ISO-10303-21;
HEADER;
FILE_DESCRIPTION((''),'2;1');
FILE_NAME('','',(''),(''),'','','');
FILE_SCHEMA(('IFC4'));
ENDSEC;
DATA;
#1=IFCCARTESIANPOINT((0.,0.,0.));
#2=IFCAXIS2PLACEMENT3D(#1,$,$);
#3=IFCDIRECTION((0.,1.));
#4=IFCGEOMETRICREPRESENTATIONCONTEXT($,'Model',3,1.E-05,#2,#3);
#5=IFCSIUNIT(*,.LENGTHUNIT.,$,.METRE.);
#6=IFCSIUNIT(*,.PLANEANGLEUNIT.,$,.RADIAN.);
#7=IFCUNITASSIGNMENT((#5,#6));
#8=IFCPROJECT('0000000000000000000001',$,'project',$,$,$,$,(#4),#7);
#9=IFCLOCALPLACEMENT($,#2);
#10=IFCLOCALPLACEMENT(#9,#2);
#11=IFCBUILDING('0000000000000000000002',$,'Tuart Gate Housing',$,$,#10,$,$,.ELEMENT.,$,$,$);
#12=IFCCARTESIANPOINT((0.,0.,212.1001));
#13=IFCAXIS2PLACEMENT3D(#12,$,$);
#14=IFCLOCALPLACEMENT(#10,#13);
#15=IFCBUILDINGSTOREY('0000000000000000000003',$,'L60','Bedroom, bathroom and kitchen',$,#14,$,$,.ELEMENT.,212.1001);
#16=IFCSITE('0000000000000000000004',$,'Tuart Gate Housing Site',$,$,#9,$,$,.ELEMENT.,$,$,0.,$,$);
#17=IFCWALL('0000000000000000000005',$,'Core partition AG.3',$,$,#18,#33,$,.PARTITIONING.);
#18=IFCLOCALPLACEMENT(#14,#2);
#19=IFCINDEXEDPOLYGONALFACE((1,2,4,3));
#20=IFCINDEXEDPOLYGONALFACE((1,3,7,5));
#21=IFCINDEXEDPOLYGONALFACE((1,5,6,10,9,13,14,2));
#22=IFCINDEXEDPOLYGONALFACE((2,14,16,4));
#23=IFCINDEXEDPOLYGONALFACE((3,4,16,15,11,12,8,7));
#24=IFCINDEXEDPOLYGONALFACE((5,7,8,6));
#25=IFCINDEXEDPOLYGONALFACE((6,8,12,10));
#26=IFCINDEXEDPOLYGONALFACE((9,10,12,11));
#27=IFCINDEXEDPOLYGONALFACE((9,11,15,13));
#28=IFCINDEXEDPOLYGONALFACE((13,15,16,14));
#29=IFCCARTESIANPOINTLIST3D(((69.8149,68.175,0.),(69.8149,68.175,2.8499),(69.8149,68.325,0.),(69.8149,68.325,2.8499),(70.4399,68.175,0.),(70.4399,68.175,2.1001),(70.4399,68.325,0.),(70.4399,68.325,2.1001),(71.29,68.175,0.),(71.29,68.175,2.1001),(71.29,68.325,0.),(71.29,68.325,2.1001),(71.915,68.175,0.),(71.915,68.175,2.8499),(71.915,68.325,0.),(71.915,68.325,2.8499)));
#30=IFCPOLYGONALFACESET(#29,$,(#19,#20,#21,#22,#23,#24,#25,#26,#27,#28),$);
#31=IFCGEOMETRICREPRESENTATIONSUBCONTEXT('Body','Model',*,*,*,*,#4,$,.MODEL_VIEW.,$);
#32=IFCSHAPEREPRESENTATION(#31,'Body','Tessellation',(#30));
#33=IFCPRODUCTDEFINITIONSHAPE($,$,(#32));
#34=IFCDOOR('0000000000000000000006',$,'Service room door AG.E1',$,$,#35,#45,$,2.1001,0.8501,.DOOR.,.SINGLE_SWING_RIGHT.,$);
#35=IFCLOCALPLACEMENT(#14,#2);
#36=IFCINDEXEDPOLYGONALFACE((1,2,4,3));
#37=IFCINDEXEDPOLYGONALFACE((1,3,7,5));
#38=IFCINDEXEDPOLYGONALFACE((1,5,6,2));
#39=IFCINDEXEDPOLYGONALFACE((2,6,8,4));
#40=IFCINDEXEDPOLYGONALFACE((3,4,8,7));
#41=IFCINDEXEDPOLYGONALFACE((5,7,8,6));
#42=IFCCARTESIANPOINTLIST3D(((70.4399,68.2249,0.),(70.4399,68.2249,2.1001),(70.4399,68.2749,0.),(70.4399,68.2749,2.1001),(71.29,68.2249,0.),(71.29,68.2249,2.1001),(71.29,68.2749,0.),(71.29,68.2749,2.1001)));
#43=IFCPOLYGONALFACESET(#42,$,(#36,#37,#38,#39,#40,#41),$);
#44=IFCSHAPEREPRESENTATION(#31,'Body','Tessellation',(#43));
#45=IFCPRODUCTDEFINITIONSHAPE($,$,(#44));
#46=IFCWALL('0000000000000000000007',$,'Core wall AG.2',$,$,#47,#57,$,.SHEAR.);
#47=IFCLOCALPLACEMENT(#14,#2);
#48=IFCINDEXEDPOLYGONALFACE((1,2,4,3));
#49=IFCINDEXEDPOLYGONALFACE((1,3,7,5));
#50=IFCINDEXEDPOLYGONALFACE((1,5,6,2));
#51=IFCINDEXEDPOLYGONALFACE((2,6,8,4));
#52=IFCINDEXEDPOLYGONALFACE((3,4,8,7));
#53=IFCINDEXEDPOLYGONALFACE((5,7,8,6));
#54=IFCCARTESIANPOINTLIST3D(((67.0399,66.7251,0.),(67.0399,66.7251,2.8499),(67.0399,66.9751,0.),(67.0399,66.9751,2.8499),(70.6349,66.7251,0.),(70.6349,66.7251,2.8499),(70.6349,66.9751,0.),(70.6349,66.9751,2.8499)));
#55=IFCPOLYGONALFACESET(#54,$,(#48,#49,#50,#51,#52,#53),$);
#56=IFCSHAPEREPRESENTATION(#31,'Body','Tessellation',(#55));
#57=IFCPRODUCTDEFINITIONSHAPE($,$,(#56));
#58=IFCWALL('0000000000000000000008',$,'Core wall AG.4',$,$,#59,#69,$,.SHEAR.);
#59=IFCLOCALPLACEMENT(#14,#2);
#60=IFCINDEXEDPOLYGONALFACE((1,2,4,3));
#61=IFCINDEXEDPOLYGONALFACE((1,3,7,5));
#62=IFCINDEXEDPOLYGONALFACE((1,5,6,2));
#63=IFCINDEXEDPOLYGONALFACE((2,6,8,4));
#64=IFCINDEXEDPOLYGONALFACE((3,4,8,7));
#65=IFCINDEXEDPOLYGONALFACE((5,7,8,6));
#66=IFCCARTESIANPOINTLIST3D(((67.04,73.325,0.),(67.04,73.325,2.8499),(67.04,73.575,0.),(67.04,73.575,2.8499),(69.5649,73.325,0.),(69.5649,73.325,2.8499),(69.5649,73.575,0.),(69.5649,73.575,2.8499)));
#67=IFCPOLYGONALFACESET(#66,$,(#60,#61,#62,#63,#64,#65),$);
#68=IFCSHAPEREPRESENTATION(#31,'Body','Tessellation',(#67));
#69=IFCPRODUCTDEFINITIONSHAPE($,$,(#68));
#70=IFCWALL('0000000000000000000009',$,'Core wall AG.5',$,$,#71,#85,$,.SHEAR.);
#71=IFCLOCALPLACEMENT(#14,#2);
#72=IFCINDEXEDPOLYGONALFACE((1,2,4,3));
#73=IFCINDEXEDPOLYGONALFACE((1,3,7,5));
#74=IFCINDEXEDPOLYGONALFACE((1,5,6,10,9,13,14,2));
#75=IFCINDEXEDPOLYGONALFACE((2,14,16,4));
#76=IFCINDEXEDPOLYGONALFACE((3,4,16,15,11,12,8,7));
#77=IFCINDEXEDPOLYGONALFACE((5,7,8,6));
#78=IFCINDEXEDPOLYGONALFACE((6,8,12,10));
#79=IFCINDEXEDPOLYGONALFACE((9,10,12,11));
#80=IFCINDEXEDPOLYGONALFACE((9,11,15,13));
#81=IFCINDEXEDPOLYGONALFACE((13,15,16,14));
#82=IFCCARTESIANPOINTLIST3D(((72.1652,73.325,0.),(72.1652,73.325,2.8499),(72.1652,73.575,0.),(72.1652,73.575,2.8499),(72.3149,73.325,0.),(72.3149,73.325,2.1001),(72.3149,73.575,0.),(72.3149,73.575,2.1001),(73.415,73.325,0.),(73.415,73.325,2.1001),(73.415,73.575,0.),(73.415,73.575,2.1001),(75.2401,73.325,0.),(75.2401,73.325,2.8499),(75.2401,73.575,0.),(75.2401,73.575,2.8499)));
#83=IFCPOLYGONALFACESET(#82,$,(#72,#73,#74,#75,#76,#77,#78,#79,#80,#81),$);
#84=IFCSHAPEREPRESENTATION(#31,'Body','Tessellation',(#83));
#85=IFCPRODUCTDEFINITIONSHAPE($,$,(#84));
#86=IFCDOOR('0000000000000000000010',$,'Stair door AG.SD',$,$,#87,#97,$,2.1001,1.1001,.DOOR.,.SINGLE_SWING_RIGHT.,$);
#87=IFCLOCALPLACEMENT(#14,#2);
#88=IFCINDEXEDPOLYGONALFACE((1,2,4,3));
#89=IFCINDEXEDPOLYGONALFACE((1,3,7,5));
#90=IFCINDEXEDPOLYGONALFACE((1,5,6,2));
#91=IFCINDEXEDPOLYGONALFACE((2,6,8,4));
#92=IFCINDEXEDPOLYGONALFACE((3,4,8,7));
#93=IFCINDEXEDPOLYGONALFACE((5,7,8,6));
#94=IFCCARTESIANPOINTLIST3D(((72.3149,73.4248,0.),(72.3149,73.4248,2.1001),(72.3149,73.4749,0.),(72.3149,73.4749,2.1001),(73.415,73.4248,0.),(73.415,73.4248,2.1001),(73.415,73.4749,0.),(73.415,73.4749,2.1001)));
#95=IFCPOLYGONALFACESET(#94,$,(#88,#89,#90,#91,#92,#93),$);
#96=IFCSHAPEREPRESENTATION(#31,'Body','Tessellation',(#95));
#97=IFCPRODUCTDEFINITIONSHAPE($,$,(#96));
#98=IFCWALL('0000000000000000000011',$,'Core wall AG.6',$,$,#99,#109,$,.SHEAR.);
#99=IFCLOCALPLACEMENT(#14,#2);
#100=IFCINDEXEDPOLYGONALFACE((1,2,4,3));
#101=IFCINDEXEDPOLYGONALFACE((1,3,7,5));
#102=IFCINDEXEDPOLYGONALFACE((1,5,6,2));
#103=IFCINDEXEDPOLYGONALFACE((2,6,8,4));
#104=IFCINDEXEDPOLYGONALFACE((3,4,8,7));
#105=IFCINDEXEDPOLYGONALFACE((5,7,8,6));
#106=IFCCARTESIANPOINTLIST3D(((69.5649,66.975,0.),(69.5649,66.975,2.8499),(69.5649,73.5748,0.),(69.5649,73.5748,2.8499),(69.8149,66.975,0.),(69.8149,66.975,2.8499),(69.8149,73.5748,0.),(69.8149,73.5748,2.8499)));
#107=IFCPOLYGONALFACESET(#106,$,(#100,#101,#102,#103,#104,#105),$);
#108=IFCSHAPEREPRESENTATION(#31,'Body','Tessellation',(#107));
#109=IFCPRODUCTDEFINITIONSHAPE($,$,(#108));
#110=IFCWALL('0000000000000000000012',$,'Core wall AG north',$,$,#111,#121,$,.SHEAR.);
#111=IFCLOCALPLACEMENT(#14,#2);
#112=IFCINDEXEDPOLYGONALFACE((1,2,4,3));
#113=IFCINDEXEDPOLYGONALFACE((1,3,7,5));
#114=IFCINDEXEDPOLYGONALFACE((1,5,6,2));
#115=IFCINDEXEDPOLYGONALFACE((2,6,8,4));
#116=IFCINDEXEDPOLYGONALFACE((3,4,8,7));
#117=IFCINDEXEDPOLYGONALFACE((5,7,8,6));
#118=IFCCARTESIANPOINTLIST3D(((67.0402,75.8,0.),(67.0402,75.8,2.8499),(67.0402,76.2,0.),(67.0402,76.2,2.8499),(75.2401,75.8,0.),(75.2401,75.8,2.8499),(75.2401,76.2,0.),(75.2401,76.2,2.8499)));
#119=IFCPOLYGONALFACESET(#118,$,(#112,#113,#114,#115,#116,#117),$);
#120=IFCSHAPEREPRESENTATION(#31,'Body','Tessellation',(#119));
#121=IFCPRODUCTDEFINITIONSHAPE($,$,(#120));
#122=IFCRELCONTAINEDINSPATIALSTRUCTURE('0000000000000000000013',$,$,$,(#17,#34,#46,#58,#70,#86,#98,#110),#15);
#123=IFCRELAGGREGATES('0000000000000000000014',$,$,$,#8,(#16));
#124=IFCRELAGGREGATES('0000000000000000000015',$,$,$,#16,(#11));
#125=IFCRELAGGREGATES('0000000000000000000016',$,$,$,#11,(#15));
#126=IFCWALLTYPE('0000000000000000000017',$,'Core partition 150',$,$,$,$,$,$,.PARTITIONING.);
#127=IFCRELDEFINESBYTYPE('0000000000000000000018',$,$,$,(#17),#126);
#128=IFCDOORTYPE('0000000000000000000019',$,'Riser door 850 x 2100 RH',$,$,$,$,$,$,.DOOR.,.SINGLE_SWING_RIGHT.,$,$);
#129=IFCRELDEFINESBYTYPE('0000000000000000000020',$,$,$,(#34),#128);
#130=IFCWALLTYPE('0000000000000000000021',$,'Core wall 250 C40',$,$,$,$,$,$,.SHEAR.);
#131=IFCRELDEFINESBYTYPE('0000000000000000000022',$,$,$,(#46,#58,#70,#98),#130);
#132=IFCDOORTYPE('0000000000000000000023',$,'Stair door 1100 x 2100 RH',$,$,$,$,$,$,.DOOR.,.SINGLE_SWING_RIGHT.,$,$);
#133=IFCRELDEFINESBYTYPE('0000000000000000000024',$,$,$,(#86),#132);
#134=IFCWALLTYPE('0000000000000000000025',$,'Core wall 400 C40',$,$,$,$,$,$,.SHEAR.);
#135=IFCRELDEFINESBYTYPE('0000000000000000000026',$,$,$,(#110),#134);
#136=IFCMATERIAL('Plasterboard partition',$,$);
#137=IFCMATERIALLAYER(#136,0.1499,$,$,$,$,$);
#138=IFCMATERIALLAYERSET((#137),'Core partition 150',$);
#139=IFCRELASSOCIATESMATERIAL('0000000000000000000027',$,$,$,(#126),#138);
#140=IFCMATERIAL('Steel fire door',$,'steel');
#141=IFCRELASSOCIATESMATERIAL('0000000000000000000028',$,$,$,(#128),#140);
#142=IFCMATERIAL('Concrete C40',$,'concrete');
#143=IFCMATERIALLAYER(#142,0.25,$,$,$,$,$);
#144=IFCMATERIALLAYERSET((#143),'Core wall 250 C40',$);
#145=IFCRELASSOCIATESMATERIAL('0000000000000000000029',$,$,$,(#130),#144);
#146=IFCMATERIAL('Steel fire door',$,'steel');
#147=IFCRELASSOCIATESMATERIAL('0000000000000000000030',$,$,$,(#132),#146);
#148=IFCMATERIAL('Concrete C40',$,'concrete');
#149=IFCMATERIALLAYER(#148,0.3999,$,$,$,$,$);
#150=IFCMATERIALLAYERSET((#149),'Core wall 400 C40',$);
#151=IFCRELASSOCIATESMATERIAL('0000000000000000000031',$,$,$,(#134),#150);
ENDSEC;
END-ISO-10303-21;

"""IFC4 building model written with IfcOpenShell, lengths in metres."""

from ifc_helpers import new_model, si_unit, direction, frame, frame_2d, origin, place, context, subcontext, project, spatial, rectangle, extrude, material, layer, layer_set, type_object, element, fill, save


model = new_model("IFC4")

# Units and contexts
model_context = context("Model", 3, precision=1e-05, world=origin(), true_north=direction((0.0, 1.0)))
body_context = subcontext(model_context, "Body", "Model", "MODEL_VIEW")
ifc_project = project(units=[si_unit("LENGTHUNIT", "METRE"), si_unit("PLANEANGLEUNIT", "RADIAN")], contexts=[model_context])

# Site, building, storey
site_placement = place(None, origin())
site = spatial("IfcSite", under=ifc_project, at=site_placement, Name="Tuart Gate Housing Site", CompositionType="ELEMENT", RefElevation=0.0)
building_placement = place(site_placement, origin())
building = spatial("IfcBuilding", under=site, at=building_placement, Name="Tuart Gate Housing", CompositionType="ELEMENT")
storey_placement = place(building_placement, frame((0.0, 0.0, 212.1001)))
storey = spatial("IfcBuildingStorey", under=building, at=storey_placement, Name="L60", Description="Bedroom, bathroom and kitchen", CompositionType="ELEMENT", Elevation=212.1001)

# Wall, opening, door
ifc_material_1 = material(Name="Plasterboard partition")
ifc_layer_1 = layer(ifc_material_1, 0.1499)
ifc_layer_set_1 = layer_set([ifc_layer_1], Name="Core partition 150")
wall_type_1 = type_object("IfcWallType", Name="Core partition 150", PredefinedType="PARTITIONING", material=ifc_layer_set_1)
wall_1_placement = place(storey_placement, frame((69.8149, 68.25, 0.0), z_axis=(0.0, 0.0, 1.0), x_axis=(1.0, 0.0, 0.0)))
wall_1 = element("IfcWall", 1, at=wall_1_placement, inside=storey, type_object=wall_type_1, Name="Core partition AG.3", PredefinedType="PARTITIONING", context=body_context, shape_type="SweptSolid", body=[
    extrude(rectangle(XDim=2.1001, YDim=0.1499, at=frame_2d((1.05, 0.0))), origin(), (0.0, 0.0, 1.0), 2.8499),
])
opening_1_placement = place(wall_1_placement, frame((0.625, 0.0, 0.0)))
opening_1 = element("IfcOpeningElement", 2, at=opening_1_placement, cuts=wall_1, PredefinedType="OPENING", context=body_context, shape_type="SweptSolid", body=[
    extrude(rectangle(XDim=0.8501, YDim=2.1001, at=frame_2d((0.425, 1.05))), frame((0.0, 0.085, 0.0), z_axis=(0.0, -1.0, 0.0), x_axis=(1.0, 0.0, 0.0)), (0.0, 0.0, 1.0), 0.1699),
])
ifc_material_2 = material(Name="Steel fire door", Category="steel")
door_type_1 = type_object("IfcDoorType", Name="Riser door 850 x 2100 RH", OperationType="SINGLE_SWING_RIGHT", PredefinedType="DOOR", material=ifc_material_2)
door_1_placement = place(opening_1_placement, frame((0.8501, 0.0, 0.0), z_axis=(0.0, 0.0, 1.0), x_axis=(-1.0, 0.0, 0.0)))
door_1 = element("IfcDoor", 3, at=door_1_placement, inside=storey, type_object=door_type_1, Name="Service room door AG.E1", OperationType="SINGLE_SWING_RIGHT", OverallHeight=2.1001, OverallWidth=0.8501, PredefinedType="DOOR", context=body_context, shape_type="SweptSolid", body=[
    extrude(rectangle(XDim=0.8501, YDim=2.1001, at=frame_2d((0.425, 1.05))), frame((0.0, 0.0251, 0.0), z_axis=(0.0, -1.0, 0.0), x_axis=(1.0, 0.0, 0.0)), (0.0, 0.0, 1.0), 0.05),
])
fill(opening_1, door_1)

# Walls
ifc_material_3 = material(Name="Concrete C40", Category="concrete")
ifc_layer_2 = layer(ifc_material_3, 0.25)
ifc_layer_set_2 = layer_set([ifc_layer_2], Name="Core wall 250 C40")
wall_type_2 = type_object("IfcWallType", Name="Core wall 250 C40", PredefinedType="SHEAR", material=ifc_layer_set_2)
wall_2_placement = place(storey_placement, frame((67.04, 66.8501, 0.0), z_axis=(0.0, 0.0, 1.0), x_axis=(1.0, 0.0, 0.0)))
element("IfcWall", 4, at=wall_2_placement, inside=storey, type_object=wall_type_2, Name="Core wall AG.2", PredefinedType="SHEAR", context=body_context, shape_type="SweptSolid", body=[
    extrude(rectangle(XDim=3.595, YDim=0.25, at=frame_2d((1.7974, 0.0))), origin(), (0.0, 0.0, 1.0), 2.8499),
])
wall_3_placement = place(storey_placement, frame((67.04, 73.45, 0.0), z_axis=(0.0, 0.0, 1.0), x_axis=(1.0, 0.0, 0.0)))
element("IfcWall", 5, at=wall_3_placement, inside=storey, type_object=wall_type_2, Name="Core wall AG.4", PredefinedType="SHEAR", context=body_context, shape_type="SweptSolid", body=[
    extrude(rectangle(XDim=2.5249, YDim=0.25, at=frame_2d((1.2625, 0.0))), origin(), (0.0, 0.0, 1.0), 2.8499),
])

# Wall, opening, door
wall_4_placement = place(storey_placement, frame((72.165, 73.45, 0.0), z_axis=(0.0, 0.0, 1.0), x_axis=(1.0, 0.0, 0.0)))
wall_4 = element("IfcWall", 6, at=wall_4_placement, inside=storey, type_object=wall_type_2, Name="Core wall AG.5", PredefinedType="SHEAR", context=body_context, shape_type="SweptSolid", body=[
    extrude(rectangle(XDim=3.075, YDim=0.25, at=frame_2d((1.5376, 0.0))), origin(), (0.0, 0.0, 1.0), 2.8499),
])
opening_2_placement = place(wall_4_placement, frame((0.1499, 0.0, 0.0)))
opening_2 = element("IfcOpeningElement", 7, at=opening_2_placement, cuts=wall_4, PredefinedType="OPENING", context=body_context, shape_type="SweptSolid", body=[
    extrude(rectangle(XDim=1.1001, YDim=2.1001, at=frame_2d((0.55, 1.05))), frame((0.0, 0.135, 0.0), z_axis=(0.0, -1.0, 0.0), x_axis=(1.0, 0.0, 0.0)), (0.0, 0.0, 1.0), 0.27),
])
ifc_material_4 = material(Name="Steel fire door", Category="steel")
door_type_2 = type_object("IfcDoorType", Name="Stair door 1100 x 2100 RH", OperationType="SINGLE_SWING_RIGHT", PredefinedType="DOOR", material=ifc_material_4)
door_2_placement = place(opening_2_placement, frame((1.1001, 0.0, 0.0), z_axis=(0.0, 0.0, 1.0), x_axis=(-1.0, 0.0, 0.0)))
door_2 = element("IfcDoor", 8, at=door_2_placement, inside=storey, type_object=door_type_2, Name="Stair door AG.SD", OperationType="SINGLE_SWING_RIGHT", OverallHeight=2.1001, OverallWidth=1.1001, PredefinedType="DOOR", context=body_context, shape_type="SweptSolid", body=[
    extrude(rectangle(XDim=1.1001, YDim=2.1001, at=frame_2d((0.55, 1.05))), frame((0.0, 0.0251, 0.0), z_axis=(0.0, -1.0, 0.0), x_axis=(1.0, 0.0, 0.0)), (0.0, 0.0, 1.0), 0.05),
])
fill(opening_2, door_2)

# Walls
wall_5_placement = place(storey_placement, frame((69.6899, 66.9751, 0.0), z_axis=(0.0, 0.0, 1.0), x_axis=(0.0, 1.0, 0.0)))
element("IfcWall", 9, at=wall_5_placement, inside=storey, type_object=wall_type_2, Name="Core wall AG.6", PredefinedType="SHEAR", context=body_context, shape_type="SweptSolid", body=[
    extrude(rectangle(XDim=6.5999, YDim=0.25, at=frame_2d((3.2998, 0.0))), origin(), (0.0, 0.0, 1.0), 2.8499),
])
ifc_material_5 = material(Name="Concrete C40", Category="concrete")
ifc_layer_3 = layer(ifc_material_5, 0.3999)
ifc_layer_set_3 = layer_set([ifc_layer_3], Name="Core wall 400 C40")
wall_type_3 = type_object("IfcWallType", Name="Core wall 400 C40", PredefinedType="SHEAR", material=ifc_layer_set_3)
wall_6_placement = place(storey_placement, frame((67.04, 76.0, 0.0), z_axis=(0.0, 0.0, 1.0), x_axis=(1.0, 0.0, 0.0)))
element("IfcWall", 10, at=wall_6_placement, inside=storey, type_object=wall_type_3, Name="Core wall AG north", PredefinedType="SHEAR", context=body_context, shape_type="SweptSolid", body=[
    extrude(rectangle(XDim=8.2, YDim=0.3999, at=frame_2d((4.1001, 0.0))), origin(), (0.0, 0.0, 1.0), 2.8499),
])

save(model, "model.ifc")
